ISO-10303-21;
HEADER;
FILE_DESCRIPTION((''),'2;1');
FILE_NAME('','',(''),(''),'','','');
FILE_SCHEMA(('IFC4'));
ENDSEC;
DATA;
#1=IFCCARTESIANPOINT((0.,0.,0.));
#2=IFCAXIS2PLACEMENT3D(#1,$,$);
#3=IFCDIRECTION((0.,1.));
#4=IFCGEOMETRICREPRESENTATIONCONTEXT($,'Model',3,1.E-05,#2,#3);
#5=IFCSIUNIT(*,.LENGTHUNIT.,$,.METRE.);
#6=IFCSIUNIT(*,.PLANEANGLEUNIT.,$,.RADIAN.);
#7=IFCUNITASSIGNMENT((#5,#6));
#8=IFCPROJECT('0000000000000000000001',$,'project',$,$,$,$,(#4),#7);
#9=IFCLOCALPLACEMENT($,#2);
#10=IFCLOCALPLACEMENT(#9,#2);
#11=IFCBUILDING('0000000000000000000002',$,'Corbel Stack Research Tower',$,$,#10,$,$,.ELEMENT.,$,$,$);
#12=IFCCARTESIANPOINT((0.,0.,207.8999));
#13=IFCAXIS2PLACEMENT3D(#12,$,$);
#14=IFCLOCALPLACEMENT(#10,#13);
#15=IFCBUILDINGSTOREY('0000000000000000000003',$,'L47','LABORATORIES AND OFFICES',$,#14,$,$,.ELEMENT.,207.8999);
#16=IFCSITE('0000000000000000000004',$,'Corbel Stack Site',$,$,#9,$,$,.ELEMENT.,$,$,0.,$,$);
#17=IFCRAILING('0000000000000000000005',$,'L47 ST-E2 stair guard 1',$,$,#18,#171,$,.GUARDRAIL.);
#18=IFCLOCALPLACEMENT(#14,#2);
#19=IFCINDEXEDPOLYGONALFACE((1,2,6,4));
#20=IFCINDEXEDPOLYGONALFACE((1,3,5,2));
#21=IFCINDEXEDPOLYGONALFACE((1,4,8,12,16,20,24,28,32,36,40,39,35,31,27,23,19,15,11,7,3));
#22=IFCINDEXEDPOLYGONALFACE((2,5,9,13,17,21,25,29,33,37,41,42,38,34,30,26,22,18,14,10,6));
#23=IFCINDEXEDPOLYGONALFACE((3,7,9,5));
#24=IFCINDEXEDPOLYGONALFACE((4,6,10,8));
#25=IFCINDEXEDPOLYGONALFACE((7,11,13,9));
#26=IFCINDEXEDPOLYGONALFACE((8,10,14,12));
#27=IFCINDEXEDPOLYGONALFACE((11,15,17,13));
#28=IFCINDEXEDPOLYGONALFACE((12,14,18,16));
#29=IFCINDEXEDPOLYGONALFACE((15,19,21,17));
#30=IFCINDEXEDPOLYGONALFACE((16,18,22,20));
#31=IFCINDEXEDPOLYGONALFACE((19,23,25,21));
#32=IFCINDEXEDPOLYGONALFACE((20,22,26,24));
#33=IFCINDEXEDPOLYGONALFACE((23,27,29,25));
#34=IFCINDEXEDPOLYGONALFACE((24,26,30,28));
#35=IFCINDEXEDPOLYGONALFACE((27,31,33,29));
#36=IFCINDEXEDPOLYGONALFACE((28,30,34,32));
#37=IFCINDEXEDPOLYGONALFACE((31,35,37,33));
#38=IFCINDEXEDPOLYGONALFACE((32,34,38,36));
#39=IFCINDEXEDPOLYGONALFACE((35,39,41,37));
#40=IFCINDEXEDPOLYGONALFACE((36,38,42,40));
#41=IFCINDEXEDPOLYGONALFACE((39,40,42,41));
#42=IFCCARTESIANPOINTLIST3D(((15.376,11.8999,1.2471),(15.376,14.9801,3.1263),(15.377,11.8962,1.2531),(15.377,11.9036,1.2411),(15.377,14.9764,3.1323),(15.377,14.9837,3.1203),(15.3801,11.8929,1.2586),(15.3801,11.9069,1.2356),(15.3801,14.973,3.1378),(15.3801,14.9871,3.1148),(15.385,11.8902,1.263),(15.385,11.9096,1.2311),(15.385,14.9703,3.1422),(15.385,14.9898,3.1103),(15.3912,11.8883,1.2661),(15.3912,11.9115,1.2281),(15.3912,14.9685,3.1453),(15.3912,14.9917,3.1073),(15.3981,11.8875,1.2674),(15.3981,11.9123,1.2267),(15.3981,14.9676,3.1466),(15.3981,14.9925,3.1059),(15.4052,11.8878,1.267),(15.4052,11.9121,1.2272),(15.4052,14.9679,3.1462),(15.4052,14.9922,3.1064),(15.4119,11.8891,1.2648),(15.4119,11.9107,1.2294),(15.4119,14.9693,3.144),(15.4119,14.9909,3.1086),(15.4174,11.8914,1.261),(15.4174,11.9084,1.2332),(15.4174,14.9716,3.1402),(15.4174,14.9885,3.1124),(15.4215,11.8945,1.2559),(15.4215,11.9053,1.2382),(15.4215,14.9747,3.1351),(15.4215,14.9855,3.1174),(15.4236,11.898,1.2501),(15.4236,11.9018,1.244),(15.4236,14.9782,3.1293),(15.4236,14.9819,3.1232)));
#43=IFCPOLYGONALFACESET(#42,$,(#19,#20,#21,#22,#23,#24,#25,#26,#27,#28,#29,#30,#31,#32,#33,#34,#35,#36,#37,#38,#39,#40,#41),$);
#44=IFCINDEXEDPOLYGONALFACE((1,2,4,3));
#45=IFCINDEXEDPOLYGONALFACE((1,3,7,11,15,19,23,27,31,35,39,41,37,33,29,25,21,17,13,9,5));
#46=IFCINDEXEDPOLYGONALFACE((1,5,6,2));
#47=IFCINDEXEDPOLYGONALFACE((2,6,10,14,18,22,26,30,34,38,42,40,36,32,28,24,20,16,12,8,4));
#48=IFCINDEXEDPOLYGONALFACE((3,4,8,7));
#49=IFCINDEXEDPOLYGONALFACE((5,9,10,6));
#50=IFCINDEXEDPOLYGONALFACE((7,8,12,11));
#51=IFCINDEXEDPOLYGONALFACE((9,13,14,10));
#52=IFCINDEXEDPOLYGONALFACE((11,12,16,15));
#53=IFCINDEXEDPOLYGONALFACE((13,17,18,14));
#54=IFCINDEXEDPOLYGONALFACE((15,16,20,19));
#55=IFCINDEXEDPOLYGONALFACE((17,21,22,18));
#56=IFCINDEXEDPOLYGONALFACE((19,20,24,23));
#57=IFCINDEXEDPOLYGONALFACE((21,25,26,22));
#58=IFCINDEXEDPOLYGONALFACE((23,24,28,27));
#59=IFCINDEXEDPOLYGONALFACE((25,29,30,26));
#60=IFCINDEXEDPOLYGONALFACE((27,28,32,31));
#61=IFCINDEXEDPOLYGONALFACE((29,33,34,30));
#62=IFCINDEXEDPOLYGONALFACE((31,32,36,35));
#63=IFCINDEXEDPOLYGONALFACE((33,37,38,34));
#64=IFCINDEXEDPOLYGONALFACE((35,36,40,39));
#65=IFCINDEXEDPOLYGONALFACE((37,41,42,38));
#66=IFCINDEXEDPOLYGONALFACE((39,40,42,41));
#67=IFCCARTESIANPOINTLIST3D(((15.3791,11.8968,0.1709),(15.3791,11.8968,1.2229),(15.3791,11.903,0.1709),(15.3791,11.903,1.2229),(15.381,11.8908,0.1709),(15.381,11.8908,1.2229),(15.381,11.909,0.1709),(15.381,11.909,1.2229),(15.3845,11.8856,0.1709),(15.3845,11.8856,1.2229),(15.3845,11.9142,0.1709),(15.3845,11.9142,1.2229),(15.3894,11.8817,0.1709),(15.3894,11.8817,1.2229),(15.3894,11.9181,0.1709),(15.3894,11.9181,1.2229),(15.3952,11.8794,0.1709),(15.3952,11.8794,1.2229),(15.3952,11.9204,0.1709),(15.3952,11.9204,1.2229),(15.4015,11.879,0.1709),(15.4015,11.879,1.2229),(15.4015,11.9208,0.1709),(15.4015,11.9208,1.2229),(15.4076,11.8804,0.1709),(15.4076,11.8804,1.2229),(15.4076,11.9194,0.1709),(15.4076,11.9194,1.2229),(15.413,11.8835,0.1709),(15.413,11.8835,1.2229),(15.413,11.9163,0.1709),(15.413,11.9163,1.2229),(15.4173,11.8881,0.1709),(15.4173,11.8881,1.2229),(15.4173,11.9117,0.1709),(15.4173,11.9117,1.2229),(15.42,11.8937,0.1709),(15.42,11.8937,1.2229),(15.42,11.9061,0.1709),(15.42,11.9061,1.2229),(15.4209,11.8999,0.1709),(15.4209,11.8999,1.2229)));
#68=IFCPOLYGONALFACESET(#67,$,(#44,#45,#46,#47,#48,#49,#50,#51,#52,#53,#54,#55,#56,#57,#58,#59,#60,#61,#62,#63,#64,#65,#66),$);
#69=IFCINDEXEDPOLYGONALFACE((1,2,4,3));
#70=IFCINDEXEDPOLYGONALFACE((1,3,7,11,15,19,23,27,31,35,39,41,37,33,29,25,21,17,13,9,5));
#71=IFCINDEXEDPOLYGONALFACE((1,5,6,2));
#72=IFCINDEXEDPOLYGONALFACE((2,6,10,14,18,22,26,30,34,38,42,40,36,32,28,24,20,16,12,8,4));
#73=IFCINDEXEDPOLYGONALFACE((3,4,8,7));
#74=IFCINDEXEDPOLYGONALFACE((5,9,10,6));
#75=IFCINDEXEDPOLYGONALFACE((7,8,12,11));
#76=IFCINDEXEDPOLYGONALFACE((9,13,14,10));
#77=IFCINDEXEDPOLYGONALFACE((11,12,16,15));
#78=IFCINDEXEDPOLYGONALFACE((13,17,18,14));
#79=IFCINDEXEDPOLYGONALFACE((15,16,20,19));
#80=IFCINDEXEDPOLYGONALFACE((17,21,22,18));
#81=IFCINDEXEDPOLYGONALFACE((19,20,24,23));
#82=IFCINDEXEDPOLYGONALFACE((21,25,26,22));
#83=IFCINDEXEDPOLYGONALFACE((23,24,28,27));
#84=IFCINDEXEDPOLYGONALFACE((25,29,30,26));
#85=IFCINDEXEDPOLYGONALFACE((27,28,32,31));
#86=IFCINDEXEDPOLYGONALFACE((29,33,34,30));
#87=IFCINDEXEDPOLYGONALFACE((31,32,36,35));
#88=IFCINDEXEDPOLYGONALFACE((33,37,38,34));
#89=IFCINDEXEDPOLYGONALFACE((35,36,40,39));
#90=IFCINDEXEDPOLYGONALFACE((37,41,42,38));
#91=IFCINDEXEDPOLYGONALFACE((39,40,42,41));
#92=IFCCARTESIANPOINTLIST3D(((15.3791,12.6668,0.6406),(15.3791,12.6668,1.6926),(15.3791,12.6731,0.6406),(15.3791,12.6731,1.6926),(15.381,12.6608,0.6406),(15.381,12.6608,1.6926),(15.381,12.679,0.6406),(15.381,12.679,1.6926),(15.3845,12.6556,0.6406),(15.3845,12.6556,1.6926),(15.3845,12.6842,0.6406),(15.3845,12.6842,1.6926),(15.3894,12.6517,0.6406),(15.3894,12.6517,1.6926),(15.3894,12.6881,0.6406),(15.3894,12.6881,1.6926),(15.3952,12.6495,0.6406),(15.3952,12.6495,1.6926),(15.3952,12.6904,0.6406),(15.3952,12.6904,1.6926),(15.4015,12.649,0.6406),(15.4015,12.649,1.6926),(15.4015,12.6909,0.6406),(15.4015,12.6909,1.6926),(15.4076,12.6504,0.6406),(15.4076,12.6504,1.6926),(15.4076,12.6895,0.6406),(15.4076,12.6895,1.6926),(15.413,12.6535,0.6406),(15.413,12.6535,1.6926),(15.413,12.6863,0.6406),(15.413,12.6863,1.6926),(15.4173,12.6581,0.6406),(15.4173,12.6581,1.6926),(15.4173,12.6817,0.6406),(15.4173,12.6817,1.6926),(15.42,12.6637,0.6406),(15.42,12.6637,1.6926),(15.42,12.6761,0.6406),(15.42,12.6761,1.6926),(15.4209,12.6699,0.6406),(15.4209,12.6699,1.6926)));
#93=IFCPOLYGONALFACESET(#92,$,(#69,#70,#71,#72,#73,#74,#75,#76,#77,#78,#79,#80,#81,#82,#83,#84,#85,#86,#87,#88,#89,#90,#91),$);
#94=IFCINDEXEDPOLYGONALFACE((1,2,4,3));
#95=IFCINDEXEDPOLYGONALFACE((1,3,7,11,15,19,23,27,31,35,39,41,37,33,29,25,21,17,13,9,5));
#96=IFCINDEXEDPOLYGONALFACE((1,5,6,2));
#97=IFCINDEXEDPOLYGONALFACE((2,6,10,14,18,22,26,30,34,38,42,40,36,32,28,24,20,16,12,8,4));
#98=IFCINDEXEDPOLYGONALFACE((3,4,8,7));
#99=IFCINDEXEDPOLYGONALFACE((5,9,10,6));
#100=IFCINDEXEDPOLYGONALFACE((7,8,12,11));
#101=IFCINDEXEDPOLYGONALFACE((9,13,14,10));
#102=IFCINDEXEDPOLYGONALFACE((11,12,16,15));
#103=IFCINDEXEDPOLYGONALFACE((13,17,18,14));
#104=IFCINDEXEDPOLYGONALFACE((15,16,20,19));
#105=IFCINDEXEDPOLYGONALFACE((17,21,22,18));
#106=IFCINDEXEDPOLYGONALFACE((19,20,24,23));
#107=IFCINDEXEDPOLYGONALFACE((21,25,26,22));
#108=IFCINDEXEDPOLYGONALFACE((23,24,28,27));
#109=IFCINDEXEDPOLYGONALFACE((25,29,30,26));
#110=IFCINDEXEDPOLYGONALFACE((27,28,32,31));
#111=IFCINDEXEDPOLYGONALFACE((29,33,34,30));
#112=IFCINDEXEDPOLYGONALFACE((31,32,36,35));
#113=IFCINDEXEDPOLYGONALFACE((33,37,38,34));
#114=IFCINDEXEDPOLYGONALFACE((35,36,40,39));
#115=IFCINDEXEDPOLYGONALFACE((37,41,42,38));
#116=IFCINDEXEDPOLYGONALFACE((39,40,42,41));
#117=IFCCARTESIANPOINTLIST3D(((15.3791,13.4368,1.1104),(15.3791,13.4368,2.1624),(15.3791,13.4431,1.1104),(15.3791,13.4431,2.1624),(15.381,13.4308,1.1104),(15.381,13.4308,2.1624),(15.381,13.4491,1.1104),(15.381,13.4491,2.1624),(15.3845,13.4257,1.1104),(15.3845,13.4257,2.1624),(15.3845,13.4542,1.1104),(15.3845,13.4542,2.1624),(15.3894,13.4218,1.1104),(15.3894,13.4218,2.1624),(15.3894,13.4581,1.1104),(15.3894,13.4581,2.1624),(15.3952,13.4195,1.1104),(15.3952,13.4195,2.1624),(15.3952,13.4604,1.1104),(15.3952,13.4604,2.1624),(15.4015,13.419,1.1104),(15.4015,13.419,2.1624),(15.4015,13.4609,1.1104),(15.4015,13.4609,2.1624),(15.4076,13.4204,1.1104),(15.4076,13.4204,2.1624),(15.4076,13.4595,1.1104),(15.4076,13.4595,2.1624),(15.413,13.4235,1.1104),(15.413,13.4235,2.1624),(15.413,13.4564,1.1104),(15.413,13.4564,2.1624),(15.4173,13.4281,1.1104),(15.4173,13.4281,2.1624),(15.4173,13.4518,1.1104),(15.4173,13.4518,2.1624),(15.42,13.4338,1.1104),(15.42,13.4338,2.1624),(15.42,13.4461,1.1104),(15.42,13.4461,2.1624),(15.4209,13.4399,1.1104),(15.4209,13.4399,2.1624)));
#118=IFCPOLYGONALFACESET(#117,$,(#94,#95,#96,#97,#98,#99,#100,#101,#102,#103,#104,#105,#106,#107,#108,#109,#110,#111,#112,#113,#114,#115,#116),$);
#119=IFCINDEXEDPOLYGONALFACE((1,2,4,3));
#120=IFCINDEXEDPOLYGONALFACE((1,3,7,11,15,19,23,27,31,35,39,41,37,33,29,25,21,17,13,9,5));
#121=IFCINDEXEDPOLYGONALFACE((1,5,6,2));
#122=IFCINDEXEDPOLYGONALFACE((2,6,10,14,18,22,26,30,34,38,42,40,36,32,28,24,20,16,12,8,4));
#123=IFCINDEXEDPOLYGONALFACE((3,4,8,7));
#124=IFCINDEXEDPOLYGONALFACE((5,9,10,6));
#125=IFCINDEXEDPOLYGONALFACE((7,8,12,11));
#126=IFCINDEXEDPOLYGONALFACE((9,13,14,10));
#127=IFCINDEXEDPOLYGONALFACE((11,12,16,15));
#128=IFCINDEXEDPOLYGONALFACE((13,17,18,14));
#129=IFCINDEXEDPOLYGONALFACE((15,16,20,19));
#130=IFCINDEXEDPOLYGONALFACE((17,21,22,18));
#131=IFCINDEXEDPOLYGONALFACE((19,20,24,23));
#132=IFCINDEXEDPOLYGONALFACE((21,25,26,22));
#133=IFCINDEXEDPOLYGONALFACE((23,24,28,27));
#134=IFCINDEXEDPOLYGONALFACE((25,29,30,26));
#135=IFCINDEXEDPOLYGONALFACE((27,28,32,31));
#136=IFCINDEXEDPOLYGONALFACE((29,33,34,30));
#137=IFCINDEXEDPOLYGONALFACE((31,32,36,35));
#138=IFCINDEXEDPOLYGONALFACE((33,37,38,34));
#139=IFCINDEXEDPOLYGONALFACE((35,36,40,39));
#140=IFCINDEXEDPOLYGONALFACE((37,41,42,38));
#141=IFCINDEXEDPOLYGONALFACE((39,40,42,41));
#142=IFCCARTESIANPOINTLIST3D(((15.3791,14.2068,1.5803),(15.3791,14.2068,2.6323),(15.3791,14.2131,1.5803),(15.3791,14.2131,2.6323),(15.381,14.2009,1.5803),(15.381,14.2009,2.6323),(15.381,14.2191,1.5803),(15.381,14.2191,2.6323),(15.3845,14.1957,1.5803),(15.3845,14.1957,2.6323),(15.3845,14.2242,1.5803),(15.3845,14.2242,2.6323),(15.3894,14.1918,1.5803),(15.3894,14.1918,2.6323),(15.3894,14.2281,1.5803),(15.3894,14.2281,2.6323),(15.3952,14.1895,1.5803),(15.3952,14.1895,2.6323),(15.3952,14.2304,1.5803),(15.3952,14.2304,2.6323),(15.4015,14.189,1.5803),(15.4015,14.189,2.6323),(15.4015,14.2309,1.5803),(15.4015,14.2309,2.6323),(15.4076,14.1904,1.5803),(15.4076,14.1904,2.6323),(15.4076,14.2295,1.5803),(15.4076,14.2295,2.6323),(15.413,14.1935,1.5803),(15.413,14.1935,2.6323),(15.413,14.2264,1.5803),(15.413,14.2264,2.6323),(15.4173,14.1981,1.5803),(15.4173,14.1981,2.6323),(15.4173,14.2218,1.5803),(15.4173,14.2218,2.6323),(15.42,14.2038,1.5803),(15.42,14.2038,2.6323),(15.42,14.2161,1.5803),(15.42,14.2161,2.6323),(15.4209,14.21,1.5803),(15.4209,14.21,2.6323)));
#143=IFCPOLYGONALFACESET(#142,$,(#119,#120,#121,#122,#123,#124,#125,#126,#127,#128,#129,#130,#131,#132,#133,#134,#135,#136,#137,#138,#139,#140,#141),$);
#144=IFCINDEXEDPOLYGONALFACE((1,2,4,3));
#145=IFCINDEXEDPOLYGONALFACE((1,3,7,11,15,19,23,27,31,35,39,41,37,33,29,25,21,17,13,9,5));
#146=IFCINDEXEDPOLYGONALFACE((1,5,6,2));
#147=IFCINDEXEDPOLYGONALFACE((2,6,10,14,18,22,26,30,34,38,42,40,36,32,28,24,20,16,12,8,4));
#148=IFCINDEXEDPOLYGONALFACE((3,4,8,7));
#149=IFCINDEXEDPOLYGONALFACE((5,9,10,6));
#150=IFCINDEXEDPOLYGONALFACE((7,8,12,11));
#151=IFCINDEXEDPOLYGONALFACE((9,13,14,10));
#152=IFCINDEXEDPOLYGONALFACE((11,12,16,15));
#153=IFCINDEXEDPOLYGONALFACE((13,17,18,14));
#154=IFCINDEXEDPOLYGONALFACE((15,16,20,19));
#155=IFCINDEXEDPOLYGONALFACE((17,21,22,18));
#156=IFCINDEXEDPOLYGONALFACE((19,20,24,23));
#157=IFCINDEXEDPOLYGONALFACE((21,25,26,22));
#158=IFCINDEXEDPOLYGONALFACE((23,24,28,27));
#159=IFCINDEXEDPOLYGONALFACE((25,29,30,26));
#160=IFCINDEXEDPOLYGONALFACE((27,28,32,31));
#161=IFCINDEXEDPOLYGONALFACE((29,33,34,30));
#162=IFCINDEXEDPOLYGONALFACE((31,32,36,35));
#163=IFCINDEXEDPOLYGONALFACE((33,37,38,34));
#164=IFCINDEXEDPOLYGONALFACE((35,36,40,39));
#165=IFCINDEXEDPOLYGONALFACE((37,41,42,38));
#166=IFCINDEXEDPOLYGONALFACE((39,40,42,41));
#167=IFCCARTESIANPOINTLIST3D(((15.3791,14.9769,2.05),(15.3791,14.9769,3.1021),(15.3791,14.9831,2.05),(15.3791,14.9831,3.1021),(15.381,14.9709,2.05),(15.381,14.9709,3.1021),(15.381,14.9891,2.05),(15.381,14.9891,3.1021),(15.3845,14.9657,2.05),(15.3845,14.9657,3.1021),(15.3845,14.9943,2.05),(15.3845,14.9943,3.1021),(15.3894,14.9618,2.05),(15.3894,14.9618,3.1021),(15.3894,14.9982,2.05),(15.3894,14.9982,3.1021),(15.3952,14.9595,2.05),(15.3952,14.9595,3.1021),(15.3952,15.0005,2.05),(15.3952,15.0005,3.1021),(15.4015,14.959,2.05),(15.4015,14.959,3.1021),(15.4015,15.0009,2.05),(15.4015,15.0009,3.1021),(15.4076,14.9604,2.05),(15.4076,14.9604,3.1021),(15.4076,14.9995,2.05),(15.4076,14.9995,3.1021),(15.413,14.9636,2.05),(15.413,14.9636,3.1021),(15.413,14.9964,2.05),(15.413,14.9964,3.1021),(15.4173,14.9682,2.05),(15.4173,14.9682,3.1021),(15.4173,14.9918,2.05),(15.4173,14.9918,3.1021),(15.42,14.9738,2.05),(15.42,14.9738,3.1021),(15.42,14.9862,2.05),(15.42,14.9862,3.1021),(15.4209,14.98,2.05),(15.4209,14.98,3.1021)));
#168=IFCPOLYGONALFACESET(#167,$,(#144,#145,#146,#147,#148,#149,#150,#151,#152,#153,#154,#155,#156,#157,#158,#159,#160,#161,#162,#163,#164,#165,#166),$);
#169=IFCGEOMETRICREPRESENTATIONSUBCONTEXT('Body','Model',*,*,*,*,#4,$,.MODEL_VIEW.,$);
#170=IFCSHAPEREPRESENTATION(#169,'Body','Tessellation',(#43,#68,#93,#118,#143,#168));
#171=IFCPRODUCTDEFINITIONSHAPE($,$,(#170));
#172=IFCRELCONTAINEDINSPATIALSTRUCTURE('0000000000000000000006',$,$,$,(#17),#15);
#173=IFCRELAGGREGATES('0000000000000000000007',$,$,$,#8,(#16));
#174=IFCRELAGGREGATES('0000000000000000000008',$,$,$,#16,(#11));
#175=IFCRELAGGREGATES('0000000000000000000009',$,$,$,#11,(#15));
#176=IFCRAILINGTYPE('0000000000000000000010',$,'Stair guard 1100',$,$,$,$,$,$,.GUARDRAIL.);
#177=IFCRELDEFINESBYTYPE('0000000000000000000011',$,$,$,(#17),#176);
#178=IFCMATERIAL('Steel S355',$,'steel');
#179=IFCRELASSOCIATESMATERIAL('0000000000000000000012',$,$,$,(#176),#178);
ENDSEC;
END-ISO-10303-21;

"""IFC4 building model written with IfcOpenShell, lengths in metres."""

from ifc_helpers import new_model, si_unit, direction, frame, origin, origin_2d, place, context, subcontext, project, spatial, circle, extrude, material, type_object, element, save


model = new_model("IFC4")

# Units and contexts
model_context = context("Model", 3, precision=1e-05, world=origin(), true_north=direction((0.0, 1.0)))
body_context = subcontext(model_context, "Body", "Model", "MODEL_VIEW")
ifc_project = project(units=[si_unit("LENGTHUNIT", "METRE"), si_unit("PLANEANGLEUNIT", "RADIAN")], contexts=[model_context])

# Site, building, storey
site_placement = place(None, origin())
site = spatial("IfcSite", under=ifc_project, at=site_placement, Name="Corbel Stack Site", CompositionType="ELEMENT", RefElevation=0.0)
building_placement = place(site_placement, origin())
building = spatial("IfcBuilding", under=site, at=building_placement, Name="Corbel Stack Research Tower", CompositionType="ELEMENT")
storey_placement = place(building_placement, frame((0.0, 0.0, 207.8999)))
storey = spatial("IfcBuildingStorey", under=building, at=storey_placement, Name="L47", Description="LABORATORIES AND OFFICES", CompositionType="ELEMENT", Elevation=207.8999)

# Railing
ifc_material_1 = material(Name="Steel S355", Category="steel")
railing_type_1 = type_object("IfcRailingType", Name="Stair guard 1100", PredefinedType="GUARDRAIL", material=ifc_material_1)
railing_1_placement = place(storey_placement, frame((15.3999, 11.8999, 0.1709)))
element("IfcRailing", 1, at=railing_1_placement, inside=storey, type_object=railing_type_1, Name="L47 ST-E2 stair guard 1", PredefinedType="GUARDRAIL", context=body_context, shape_type="SweptSolid", body=[
    extrude(circle(Radius=0.0239, at=origin_2d()), frame((0.0, 0.0, 1.0762), z_axis=(0.0, 0.853666, 0.52082), x_axis=(-1.0, 0.0, 0.0)), (0.0, 0.0, 1.0), 3.6082),
    extrude(circle(Radius=0.021, at=origin_2d()), origin(), (0.0, 0.0, 1.0), 1.052),
    extrude(circle(Radius=0.021, at=origin_2d()), frame((0.0, 0.77, 0.4697)), (0.0, 0.0, 1.0), 1.052),
    extrude(circle(Radius=0.021, at=origin_2d()), frame((0.0, 1.54, 0.9395)), (0.0, 0.0, 1.0), 1.052),
    extrude(circle(Radius=0.021, at=origin_2d()), frame((0.0, 2.3101, 1.4094)), (0.0, 0.0, 1.0), 1.052),
    extrude(circle(Radius=0.021, at=origin_2d()), frame((0.0, 3.0801, 1.8792)), (0.0, 0.0, 1.0), 1.052),
])

save(model, "model.ifc")
